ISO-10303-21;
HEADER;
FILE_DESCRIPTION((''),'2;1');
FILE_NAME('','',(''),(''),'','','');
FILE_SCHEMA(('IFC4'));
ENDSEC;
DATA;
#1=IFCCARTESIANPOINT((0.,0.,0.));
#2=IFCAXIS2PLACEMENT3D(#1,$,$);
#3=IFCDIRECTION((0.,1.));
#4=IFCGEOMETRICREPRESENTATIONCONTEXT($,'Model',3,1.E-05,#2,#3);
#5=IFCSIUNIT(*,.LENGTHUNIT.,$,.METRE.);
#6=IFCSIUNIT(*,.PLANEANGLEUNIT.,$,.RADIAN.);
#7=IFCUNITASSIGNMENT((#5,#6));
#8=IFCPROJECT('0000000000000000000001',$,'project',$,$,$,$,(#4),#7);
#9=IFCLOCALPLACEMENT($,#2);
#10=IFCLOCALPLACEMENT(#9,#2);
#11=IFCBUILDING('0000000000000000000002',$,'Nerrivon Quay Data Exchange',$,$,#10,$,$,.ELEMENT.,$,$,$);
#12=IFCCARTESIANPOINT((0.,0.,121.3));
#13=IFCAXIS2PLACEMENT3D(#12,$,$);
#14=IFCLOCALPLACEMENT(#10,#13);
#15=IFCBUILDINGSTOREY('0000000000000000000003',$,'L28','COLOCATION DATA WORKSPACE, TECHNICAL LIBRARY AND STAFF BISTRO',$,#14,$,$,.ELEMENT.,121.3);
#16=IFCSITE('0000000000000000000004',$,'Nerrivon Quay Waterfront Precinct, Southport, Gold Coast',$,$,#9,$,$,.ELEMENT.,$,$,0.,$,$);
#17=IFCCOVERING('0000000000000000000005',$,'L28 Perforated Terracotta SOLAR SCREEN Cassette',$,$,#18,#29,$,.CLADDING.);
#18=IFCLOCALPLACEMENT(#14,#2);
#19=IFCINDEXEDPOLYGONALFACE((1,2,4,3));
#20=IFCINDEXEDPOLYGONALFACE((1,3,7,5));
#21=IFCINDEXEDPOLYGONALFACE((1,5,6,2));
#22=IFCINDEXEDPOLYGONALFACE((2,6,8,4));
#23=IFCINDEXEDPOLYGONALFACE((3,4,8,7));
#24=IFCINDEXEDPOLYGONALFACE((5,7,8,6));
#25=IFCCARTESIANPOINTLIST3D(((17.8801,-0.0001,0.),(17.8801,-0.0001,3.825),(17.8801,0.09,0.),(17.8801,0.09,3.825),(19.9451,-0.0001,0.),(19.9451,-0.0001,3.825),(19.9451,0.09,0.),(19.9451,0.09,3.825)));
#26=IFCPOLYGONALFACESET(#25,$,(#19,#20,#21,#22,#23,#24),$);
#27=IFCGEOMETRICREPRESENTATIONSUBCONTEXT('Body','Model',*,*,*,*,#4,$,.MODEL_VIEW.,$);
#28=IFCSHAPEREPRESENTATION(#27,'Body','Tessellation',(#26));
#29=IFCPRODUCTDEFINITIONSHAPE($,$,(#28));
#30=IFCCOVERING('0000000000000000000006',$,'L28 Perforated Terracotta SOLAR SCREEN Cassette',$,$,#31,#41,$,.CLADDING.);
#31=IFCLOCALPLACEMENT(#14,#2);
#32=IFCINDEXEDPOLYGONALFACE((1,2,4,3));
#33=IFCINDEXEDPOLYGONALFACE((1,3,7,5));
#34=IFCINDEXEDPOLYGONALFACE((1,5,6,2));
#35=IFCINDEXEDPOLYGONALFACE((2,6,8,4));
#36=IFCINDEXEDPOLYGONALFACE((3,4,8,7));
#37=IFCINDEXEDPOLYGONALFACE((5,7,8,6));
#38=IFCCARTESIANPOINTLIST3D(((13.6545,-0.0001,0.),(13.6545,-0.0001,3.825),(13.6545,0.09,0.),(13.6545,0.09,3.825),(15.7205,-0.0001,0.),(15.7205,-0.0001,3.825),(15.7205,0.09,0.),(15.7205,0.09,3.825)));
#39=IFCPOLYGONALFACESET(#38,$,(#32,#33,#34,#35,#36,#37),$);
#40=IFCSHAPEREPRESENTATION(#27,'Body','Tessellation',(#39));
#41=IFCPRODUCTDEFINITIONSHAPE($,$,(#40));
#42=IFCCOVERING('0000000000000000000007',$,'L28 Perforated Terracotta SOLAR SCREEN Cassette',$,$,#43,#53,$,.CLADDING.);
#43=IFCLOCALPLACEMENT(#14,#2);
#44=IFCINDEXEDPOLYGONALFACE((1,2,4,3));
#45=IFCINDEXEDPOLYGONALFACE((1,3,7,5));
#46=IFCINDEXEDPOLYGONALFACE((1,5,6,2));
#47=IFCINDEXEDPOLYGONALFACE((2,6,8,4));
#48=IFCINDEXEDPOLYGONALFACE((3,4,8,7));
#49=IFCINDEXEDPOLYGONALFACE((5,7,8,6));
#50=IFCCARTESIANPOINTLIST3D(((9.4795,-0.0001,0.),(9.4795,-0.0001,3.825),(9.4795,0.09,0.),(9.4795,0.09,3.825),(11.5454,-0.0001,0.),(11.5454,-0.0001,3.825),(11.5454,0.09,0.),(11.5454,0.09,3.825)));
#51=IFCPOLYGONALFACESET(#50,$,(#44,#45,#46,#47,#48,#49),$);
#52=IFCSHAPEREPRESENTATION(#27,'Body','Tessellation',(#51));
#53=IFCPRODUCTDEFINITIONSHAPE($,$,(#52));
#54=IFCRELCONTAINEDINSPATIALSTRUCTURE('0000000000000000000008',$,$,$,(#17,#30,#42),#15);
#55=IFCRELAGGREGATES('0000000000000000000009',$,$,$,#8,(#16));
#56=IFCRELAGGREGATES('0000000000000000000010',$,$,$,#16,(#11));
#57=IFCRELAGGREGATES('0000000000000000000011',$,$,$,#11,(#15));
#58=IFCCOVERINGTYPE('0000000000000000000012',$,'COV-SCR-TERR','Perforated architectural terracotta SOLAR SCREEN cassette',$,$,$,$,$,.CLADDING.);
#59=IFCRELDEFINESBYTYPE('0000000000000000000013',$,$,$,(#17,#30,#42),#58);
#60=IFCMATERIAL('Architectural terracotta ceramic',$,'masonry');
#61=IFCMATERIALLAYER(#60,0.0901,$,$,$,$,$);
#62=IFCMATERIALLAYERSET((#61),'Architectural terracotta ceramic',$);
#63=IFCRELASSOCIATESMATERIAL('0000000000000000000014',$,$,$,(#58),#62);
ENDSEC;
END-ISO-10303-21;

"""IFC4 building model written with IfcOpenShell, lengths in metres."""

from ifc_helpers import new_model, si_unit, direction, frame, origin, origin_2d, place, context, subcontext, project, spatial, rectangle, extrude, material, layer, layer_set, type_object, element, save


model = new_model("IFC4")

# Units and contexts
model_context = context("Model", 3, precision=1e-05, world=origin(), true_north=direction((0.0, 1.0)))
body_context = subcontext(model_context, "Body", "Model", "MODEL_VIEW")
ifc_project = project(units=[si_unit("LENGTHUNIT", "METRE"), si_unit("PLANEANGLEUNIT", "RADIAN")], contexts=[model_context])

# Site, building, storey
site_placement = place(None, origin())
site = spatial("IfcSite", under=ifc_project, at=site_placement, Name="Nerrivon Quay Waterfront Precinct, Southport, Gold Coast", CompositionType="ELEMENT", RefElevation=0.0)
building_placement = place(site_placement, origin())
building = spatial("IfcBuilding", under=site, at=building_placement, Name="Nerrivon Quay Data Exchange", CompositionType="ELEMENT")
storey_placement = place(building_placement, frame((0.0, 0.0, 121.3)))
storey = spatial("IfcBuildingStorey", under=building, at=storey_placement, Name="L28", Description="COLOCATION DATA WORKSPACE, TECHNICAL LIBRARY AND STAFF BISTRO", CompositionType="ELEMENT", Elevation=121.3)

# Coverings
ifc_material_1 = material(Name="Architectural terracotta ceramic", Category="masonry")
ifc_layer_1 = layer(ifc_material_1, 0.0901)
ifc_layer_set_1 = layer_set([ifc_layer_1], Name="Architectural terracotta ceramic")
covering_type = type_object("IfcCoveringType", Name="COV-SCR-TERR", Description="Perforated architectural terracotta SOLAR SCREEN cassette", PredefinedType="CLADDING", material=ifc_layer_set_1)
covering_placement = place(storey_placement, frame((18.9126, 0.0449, 0.0), z_axis=(0.0, 0.0, 1.0), x_axis=(-1.0, 0.0, 0.0)))
element("IfcCovering", 1, at=covering_placement, inside=storey, type_object=covering_type, Name="L28 Perforated Terracotta SOLAR SCREEN Cassette", PredefinedType="CLADDING", context=body_context, shape_type="SweptSolid", body=[
    extrude(rectangle(XDim=2.0649, YDim=0.0901, at=origin_2d()), origin(), (0.0, 0.0, 1.0), 3.825),
])
for number, where, z_axis, x_axis, name in (
    (2, (14.6875, 0.0449, 0.0), (0.0, 0.0, 1.0), (-1.0, 0.0, 0.0), "L28 Perforated Terracotta SOLAR SCREEN Cassette"),
    (3, (10.5125, 0.0449, 0.0), (0.0, 0.0, 1.0), (-1.0, 0.0, 0.0), "L28 Perforated Terracotta SOLAR SCREEN Cassette"),
):
    element("IfcCovering", number, at=place(storey_placement, frame(where, z_axis=z_axis, x_axis=x_axis)), inside=storey, type_object=covering_type, Name=name, PredefinedType="CLADDING", context=body_context, shape_type="SweptSolid", body=[
        extrude(rectangle(XDim=2.0659, YDim=0.0901, at=origin_2d()), origin(), (0.0, 0.0, 1.0), 3.825),
    ])

save(model, "model.ifc")
